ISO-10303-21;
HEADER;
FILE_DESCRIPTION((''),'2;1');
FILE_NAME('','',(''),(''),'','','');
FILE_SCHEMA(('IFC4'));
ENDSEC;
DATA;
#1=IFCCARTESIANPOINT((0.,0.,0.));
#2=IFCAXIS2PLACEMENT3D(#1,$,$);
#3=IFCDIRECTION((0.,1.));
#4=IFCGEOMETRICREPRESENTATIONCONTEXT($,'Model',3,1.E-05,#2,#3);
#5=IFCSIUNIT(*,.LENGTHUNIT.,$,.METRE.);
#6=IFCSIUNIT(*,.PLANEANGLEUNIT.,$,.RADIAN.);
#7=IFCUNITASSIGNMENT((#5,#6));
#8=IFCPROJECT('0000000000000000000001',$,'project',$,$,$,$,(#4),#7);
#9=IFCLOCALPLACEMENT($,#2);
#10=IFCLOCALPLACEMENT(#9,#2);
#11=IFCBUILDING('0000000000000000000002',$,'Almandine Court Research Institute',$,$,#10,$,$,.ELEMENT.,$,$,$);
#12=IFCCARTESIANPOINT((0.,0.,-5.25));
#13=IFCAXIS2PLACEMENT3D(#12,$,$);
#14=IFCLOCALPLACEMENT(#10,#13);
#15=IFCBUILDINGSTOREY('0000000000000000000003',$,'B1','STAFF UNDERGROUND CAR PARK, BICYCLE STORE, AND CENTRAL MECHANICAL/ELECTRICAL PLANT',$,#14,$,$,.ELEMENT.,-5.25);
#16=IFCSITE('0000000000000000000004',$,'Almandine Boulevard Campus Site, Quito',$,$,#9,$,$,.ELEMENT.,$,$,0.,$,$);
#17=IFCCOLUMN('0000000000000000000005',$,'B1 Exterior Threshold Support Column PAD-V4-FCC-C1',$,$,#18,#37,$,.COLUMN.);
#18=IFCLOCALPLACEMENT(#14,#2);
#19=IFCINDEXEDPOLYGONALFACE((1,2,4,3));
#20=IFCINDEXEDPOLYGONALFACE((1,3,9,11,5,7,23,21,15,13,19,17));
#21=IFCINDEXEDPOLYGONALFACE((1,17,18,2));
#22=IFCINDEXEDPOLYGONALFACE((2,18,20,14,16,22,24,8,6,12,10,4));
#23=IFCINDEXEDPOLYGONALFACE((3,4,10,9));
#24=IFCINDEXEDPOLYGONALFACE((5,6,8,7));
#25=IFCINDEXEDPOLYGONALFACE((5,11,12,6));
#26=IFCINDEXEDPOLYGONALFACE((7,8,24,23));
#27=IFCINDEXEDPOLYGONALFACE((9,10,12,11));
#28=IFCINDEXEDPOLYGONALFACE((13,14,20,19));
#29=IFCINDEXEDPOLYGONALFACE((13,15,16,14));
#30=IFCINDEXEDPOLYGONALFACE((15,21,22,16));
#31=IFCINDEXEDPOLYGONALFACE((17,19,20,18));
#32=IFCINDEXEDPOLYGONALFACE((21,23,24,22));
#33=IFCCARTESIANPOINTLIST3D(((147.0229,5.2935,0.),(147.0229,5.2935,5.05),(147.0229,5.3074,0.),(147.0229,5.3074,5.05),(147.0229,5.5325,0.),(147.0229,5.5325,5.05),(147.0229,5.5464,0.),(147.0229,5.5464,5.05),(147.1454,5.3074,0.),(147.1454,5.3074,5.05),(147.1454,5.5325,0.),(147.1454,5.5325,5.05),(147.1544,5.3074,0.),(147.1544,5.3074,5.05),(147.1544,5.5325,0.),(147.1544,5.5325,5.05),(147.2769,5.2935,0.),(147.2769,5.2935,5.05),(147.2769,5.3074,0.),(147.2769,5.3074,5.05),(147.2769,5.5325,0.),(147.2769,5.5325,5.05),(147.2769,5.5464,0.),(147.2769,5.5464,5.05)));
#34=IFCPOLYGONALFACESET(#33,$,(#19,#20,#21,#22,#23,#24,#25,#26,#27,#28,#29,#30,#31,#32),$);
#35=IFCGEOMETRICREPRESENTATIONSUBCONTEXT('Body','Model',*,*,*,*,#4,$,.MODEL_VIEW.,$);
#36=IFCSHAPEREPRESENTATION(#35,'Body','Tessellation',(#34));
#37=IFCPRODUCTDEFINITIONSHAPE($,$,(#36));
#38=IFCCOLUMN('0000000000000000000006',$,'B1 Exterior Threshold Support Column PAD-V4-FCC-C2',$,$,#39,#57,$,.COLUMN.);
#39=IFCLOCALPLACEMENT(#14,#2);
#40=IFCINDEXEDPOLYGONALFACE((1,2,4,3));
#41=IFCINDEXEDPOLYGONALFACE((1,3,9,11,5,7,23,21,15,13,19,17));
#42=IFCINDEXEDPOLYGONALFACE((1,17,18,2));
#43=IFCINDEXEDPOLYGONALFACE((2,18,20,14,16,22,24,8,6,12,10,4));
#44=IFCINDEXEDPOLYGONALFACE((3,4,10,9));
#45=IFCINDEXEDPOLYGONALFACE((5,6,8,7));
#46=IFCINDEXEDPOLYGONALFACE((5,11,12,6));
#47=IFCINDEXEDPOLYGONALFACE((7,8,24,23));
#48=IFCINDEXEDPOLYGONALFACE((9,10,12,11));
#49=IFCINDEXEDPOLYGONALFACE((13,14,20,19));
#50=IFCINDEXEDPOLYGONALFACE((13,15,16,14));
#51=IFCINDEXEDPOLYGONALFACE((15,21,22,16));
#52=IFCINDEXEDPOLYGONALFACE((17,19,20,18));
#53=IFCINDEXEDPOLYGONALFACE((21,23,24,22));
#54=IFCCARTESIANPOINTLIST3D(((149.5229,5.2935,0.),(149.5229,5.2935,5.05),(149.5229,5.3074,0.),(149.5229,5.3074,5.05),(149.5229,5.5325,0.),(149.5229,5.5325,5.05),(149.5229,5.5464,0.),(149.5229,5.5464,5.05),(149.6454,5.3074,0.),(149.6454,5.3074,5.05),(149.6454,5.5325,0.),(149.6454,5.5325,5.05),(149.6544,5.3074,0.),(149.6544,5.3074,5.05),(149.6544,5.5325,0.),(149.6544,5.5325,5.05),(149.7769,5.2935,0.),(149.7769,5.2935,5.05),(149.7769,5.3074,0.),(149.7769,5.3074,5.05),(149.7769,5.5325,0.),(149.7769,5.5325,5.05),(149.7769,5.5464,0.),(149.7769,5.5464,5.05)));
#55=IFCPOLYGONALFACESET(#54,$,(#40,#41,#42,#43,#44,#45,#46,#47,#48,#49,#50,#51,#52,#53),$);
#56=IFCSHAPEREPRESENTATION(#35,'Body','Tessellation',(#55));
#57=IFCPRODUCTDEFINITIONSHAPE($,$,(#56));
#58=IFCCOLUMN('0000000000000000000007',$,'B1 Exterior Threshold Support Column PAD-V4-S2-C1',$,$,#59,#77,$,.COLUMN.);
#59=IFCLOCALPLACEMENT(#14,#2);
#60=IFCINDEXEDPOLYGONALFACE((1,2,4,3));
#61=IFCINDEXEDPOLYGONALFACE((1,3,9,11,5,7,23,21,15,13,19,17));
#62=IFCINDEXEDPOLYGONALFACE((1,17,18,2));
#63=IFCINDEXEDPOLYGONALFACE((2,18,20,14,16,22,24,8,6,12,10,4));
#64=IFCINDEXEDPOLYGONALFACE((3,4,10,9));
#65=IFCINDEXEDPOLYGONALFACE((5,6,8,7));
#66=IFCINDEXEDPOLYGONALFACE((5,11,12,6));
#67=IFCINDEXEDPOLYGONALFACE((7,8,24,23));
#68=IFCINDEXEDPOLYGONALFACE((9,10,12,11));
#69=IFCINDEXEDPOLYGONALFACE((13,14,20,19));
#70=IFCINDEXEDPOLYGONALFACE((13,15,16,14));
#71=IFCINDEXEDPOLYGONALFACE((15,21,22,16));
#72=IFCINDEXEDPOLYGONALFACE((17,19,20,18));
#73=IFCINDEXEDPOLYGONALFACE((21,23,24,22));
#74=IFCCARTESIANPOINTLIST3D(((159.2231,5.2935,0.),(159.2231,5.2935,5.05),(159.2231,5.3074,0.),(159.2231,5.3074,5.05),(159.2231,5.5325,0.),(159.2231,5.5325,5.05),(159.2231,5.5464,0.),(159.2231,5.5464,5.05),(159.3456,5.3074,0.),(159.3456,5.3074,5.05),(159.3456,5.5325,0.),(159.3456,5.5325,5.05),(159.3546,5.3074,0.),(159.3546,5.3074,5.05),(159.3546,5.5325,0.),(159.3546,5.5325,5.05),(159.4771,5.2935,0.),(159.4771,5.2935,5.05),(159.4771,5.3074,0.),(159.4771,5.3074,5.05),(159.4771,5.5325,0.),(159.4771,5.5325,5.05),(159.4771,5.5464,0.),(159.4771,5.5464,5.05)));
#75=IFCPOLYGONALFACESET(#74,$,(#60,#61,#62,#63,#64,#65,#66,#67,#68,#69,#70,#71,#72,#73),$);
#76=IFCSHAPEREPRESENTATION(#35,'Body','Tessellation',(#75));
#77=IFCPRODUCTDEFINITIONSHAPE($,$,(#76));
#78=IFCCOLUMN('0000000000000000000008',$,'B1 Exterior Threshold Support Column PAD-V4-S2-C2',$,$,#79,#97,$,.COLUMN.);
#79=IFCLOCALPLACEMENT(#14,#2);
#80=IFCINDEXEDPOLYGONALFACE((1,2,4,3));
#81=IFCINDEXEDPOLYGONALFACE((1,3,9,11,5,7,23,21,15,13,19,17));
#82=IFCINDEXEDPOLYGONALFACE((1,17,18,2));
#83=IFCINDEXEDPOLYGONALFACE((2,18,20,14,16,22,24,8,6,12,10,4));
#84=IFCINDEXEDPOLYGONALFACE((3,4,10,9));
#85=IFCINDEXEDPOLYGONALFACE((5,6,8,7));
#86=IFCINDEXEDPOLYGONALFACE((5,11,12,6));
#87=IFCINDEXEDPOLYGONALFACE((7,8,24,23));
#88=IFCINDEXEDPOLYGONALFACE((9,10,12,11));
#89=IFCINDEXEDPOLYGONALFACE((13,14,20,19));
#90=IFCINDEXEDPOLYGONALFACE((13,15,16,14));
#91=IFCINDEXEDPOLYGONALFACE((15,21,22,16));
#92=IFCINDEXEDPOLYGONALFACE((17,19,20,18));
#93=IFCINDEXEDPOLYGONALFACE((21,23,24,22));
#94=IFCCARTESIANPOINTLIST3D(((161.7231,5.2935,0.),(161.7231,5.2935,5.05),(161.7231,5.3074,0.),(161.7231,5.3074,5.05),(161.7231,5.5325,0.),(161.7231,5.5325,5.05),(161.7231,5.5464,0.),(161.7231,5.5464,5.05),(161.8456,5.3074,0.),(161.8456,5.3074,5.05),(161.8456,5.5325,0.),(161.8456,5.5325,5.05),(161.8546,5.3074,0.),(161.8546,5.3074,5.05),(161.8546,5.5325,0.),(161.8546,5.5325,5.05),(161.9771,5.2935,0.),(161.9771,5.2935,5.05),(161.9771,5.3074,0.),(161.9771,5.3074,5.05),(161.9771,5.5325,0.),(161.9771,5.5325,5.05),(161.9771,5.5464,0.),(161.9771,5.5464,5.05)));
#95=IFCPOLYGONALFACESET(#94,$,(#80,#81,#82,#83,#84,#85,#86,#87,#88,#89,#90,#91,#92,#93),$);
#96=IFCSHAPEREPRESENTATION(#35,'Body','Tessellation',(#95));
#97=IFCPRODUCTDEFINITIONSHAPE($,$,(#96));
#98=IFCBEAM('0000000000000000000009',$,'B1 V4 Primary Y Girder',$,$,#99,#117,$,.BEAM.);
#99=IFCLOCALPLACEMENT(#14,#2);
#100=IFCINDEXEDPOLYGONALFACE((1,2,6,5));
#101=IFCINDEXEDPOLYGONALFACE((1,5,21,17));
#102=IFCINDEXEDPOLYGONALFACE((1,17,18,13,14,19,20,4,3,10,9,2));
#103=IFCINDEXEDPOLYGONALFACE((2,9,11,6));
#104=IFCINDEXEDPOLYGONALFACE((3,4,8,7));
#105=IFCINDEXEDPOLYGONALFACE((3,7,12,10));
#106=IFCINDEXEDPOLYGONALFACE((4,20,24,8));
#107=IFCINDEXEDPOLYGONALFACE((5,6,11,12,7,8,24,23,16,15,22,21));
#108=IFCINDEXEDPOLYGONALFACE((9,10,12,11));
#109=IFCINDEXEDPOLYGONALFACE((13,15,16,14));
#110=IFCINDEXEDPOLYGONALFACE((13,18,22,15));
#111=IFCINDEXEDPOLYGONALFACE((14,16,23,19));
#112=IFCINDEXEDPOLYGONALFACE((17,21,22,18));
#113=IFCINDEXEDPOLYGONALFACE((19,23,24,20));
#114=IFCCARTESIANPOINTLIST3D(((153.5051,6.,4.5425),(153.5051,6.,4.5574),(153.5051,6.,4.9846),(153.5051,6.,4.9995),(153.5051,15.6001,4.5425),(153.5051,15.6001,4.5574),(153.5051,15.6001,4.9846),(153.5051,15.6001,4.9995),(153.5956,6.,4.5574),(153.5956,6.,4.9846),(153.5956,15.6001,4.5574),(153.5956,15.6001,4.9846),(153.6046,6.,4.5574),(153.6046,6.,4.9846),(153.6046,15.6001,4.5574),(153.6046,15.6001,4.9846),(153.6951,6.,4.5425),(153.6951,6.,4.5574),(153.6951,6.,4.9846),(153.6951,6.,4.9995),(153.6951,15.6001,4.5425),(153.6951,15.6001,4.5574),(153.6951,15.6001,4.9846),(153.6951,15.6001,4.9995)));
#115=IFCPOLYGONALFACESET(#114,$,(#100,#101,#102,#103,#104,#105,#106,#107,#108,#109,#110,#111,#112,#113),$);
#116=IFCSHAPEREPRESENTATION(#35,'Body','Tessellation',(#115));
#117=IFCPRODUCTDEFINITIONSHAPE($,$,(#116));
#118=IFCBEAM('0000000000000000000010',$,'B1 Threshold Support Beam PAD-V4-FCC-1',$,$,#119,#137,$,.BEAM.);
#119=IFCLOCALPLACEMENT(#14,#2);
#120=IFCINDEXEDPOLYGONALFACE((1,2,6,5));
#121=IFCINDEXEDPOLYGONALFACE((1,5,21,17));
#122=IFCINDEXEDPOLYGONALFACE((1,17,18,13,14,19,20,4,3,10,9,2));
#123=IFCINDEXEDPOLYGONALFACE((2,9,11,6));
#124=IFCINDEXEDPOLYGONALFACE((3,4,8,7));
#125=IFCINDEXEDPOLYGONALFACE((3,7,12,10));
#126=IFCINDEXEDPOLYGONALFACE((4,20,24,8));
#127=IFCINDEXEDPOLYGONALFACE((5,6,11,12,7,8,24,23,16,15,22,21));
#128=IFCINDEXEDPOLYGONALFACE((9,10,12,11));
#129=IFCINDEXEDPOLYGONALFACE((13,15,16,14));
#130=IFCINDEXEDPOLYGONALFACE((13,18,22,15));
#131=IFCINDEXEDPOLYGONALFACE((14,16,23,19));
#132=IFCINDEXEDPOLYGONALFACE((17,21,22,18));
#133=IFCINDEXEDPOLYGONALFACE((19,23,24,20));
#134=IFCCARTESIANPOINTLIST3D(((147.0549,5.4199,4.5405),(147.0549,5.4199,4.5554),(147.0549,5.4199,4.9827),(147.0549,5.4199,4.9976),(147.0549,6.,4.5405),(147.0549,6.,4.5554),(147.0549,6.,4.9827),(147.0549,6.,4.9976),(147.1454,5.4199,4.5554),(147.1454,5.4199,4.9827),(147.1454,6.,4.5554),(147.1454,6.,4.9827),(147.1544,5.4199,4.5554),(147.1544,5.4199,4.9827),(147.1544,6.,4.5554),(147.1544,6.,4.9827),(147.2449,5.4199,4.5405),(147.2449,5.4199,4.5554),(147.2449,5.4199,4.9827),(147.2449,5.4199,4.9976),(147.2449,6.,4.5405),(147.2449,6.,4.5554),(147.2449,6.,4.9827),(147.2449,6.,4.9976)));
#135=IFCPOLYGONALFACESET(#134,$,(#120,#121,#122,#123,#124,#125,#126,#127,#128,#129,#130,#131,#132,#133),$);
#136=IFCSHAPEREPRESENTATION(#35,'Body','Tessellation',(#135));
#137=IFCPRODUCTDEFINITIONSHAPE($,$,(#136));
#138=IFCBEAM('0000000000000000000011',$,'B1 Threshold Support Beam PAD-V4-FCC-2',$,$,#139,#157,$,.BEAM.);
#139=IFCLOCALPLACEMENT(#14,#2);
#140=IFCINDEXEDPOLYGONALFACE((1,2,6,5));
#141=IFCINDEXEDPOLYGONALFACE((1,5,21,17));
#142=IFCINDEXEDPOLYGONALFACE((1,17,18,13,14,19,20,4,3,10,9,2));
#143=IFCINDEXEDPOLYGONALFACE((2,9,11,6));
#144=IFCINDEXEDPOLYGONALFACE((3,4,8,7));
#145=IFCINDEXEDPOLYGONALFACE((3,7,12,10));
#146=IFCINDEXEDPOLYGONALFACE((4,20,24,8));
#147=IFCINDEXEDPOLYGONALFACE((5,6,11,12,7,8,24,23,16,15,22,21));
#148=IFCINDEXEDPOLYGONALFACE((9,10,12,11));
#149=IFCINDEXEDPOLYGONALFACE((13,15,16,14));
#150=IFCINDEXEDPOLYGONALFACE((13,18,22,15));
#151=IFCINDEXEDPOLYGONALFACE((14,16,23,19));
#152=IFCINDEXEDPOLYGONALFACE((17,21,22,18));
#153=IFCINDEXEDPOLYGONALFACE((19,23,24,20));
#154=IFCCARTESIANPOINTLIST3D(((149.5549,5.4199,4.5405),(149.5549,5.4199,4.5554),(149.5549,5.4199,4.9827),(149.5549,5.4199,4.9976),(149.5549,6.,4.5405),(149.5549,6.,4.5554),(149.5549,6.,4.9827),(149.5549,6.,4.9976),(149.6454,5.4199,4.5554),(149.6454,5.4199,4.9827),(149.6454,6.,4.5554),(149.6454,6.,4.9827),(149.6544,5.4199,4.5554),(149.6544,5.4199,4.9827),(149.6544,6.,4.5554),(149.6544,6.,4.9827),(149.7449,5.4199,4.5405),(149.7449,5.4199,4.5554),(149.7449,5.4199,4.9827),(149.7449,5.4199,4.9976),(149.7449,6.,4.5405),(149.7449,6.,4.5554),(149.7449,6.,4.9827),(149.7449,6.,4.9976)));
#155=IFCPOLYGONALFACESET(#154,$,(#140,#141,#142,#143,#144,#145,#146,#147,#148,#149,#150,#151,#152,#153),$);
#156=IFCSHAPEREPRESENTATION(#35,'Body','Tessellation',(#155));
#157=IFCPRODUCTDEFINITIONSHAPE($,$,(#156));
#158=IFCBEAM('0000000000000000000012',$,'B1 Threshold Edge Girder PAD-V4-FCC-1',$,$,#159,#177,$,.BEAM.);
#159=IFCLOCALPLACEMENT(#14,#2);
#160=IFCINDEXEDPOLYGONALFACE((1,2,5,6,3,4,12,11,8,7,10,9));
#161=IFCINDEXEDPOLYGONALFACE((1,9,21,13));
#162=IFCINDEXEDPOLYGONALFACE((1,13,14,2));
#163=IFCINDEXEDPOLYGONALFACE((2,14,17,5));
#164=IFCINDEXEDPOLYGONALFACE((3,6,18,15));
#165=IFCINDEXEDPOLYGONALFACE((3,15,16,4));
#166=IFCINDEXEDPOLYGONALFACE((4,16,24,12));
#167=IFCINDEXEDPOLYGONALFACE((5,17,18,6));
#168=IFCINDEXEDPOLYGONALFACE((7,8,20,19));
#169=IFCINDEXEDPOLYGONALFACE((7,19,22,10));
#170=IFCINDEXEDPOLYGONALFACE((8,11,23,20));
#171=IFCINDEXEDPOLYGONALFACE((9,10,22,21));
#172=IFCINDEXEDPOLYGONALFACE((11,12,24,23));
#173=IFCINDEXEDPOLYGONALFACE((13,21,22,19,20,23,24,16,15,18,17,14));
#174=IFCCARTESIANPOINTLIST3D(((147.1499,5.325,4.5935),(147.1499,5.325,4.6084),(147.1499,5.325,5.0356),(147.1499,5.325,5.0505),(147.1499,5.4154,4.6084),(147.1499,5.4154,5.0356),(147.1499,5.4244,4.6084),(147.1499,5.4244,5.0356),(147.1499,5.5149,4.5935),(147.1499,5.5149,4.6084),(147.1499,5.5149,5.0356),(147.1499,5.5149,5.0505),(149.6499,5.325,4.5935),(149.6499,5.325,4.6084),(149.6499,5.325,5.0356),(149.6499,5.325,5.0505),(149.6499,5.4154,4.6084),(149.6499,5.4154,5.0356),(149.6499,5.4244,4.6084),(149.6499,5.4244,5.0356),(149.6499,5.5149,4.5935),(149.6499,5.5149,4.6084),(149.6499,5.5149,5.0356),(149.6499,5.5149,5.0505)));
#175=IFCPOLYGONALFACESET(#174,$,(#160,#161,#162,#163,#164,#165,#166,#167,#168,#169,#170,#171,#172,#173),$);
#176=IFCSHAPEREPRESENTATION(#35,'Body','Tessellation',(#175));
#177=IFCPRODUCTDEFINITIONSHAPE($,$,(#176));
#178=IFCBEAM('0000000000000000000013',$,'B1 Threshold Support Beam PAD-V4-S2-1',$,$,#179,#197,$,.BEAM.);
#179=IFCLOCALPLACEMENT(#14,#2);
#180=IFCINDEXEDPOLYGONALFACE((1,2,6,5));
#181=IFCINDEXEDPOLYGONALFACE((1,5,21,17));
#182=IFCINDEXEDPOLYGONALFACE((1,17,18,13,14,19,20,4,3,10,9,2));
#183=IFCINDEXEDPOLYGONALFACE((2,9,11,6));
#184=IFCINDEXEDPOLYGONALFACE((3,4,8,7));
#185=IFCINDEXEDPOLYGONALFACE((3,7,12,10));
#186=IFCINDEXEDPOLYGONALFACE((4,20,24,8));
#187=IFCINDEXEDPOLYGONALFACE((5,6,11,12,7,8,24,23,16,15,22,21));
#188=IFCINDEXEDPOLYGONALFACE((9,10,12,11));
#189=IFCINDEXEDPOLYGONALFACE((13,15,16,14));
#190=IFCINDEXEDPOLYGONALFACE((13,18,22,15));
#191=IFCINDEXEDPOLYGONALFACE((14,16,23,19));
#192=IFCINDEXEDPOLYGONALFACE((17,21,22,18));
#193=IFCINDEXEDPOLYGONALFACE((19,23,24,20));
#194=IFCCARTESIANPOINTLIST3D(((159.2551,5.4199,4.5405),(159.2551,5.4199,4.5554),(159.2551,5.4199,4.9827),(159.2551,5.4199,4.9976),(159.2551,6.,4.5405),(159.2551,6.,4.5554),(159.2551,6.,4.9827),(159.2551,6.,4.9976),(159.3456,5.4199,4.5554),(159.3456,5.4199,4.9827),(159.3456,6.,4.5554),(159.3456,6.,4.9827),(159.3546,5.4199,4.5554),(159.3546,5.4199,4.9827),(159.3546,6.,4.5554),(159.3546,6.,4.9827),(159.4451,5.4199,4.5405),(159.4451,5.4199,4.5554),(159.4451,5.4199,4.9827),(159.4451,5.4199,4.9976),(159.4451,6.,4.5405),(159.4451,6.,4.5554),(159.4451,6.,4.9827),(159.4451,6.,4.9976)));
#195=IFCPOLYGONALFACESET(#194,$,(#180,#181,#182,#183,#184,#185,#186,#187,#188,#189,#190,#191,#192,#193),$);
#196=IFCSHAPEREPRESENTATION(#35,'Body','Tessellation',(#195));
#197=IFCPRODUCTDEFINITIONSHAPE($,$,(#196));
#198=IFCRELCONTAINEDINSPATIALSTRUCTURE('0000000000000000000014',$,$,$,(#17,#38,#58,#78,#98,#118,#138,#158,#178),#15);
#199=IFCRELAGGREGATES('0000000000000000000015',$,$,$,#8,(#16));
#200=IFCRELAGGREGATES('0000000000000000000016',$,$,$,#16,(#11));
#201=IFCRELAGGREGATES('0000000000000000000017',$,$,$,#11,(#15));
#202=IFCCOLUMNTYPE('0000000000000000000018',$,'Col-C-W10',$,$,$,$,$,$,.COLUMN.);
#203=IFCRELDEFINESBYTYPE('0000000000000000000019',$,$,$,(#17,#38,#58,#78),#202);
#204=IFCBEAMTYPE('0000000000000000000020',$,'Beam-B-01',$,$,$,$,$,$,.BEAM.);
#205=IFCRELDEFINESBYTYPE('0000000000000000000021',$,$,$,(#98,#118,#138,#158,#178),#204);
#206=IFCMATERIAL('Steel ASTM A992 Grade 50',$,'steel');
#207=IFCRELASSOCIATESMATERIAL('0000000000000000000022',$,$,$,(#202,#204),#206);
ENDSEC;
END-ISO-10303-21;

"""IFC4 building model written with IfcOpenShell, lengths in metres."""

from ifc_helpers import new_model, si_unit, direction, frame, origin, origin_2d, place, context, subcontext, project, spatial, i_section, extrude, material, material_profile, profile_set, type_object, element, save


model = new_model("IFC4")

# Units and contexts
model_context = context("Model", 3, precision=1e-05, world=origin(), true_north=direction((0.0, 1.0)))
body_context = subcontext(model_context, "Body", "Model", "MODEL_VIEW")
ifc_project = project(units=[si_unit("LENGTHUNIT", "METRE"), si_unit("PLANEANGLEUNIT", "RADIAN")], contexts=[model_context])

# Site, building, storey
site_placement = place(None, origin())
site = spatial("IfcSite", under=ifc_project, at=site_placement, Name="Almandine Boulevard Campus Site, Quito", CompositionType="ELEMENT", RefElevation=0.0)
building_placement = place(site_placement, origin())
building = spatial("IfcBuilding", under=site, at=building_placement, Name="Almandine Court Research Institute", CompositionType="ELEMENT")
storey_placement = place(building_placement, frame((0.0, 0.0, -5.25)))
storey = spatial("IfcBuildingStorey", under=building, at=storey_placement, Name="B1", Description="STAFF UNDERGROUND CAR PARK, BICYCLE STORE, AND CENTRAL MECHANICAL/ELECTRICAL PLANT", CompositionType="ELEMENT", Elevation=-5.25)

# Columns
ifc_material_1 = material(Name="Steel ASTM A992 Grade 50", Category="steel")
ifc_material_profile_1 = material_profile(ifc_material_1, i_section(OverallWidth=0.2539, OverallDepth=0.2529, WebThickness=0.009, FlangeThickness=0.0139, at=origin_2d()), Name="W250x73")
ifc_profile_set_1 = profile_set([ifc_material_profile_1], Name="Steel ASTM A992 Grade 50")
column_type_1 = type_object("IfcColumnType", Name="Col-C-W10", PredefinedType="COLUMN", material=ifc_profile_set_1)
for number, where, z_axis, x_axis, name in (
    (1, (147.1499, 5.4199, 0.0), (0.0, 0.0, 1.0), (1.0, 0.0, 0.0), "B1 Exterior Threshold Support Column PAD-V4-FCC-C1"),
    (2, (149.6499, 5.4199, 0.0), (0.0, 0.0, 1.0), (1.0, 0.0, 0.0), "B1 Exterior Threshold Support Column PAD-V4-FCC-C2"),
    (3, (159.3501, 5.4199, 0.0), (0.0, 0.0, 1.0), (1.0, 0.0, 0.0), "B1 Exterior Threshold Support Column PAD-V4-S2-C1"),
    (4, (161.8501, 5.4199, 0.0), (0.0, 0.0, 1.0), (1.0, 0.0, 0.0), "B1 Exterior Threshold Support Column PAD-V4-S2-C2"),
):
    element("IfcColumn", number, at=place(storey_placement, frame(where, z_axis=z_axis, x_axis=x_axis)), inside=storey, type_object=column_type_1, Name=name, PredefinedType="COLUMN", context=body_context, shape_type="SweptSolid", body=[
        extrude(i_section(OverallWidth=0.2539, OverallDepth=0.2529, WebThickness=0.009, FlangeThickness=0.0139, at=origin_2d()), origin(), (0.0, 0.0, 1.0), 5.05),
    ])

# Beams
ifc_material_profile_2 = material_profile(ifc_material_1, i_section(OverallWidth=0.1899, OverallDepth=0.457, WebThickness=0.009, FlangeThickness=0.0149, at=origin_2d()), Name="W460x74")
ifc_profile_set_2 = profile_set([ifc_material_profile_2], Name="Steel ASTM A992 Grade 50")
beam_type_1 = type_object("IfcBeamType", Name="Beam-B-01", PredefinedType="BEAM", material=ifc_profile_set_2)
beam_1_placement = place(storey_placement, frame((153.6001, 6.0, 4.771), z_axis=(0.0, 1.0, 0.0), x_axis=(-1.0, 0.0, 0.0)))
element("IfcBeam", 5, at=beam_1_placement, inside=storey, type_object=beam_type_1, Name="B1 V4 Primary Y Girder", PredefinedType="BEAM", context=body_context, shape_type="SweptSolid", body=[
    extrude(i_section(OverallWidth=0.1899, OverallDepth=0.457, WebThickness=0.009, FlangeThickness=0.0149, at=origin_2d()), origin(), (0.0, 0.0, 1.0), 9.6001),
])
for number, where, z_axis, x_axis, name in (
    (6, (147.1499, 5.4199, 4.769), (0.0, 1.0, 0.0), (-1.0, 0.0, 0.0), "B1 Threshold Support Beam PAD-V4-FCC-1"),
    (7, (149.6499, 5.4199, 4.769), (0.0, 1.0, 0.0), (-1.0, 0.0, 0.0), "B1 Threshold Support Beam PAD-V4-FCC-2"),
):
    element("IfcBeam", number, at=place(storey_placement, frame(where, z_axis=z_axis, x_axis=x_axis)), inside=storey, type_object=beam_type_1, Name=name, PredefinedType="BEAM", context=body_context, shape_type="SweptSolid", body=[
        extrude(i_section(OverallWidth=0.1899, OverallDepth=0.457, WebThickness=0.009, FlangeThickness=0.0149, at=origin_2d()), origin(), (0.0, 0.0, 1.0), 0.5801),
    ])
beam_2_placement = place(storey_placement, frame((147.1499, 5.4199, 4.822), z_axis=(1.0, 0.0, 0.0), x_axis=(0.0, 1.0, 0.0)))
element("IfcBeam", 8, at=beam_2_placement, inside=storey, type_object=beam_type_1, Name="B1 Threshold Edge Girder PAD-V4-FCC-1", PredefinedType="BEAM", context=body_context, shape_type="SweptSolid", body=[
    extrude(i_section(OverallWidth=0.1899, OverallDepth=0.457, WebThickness=0.009, FlangeThickness=0.0149, at=origin_2d()), origin(), (0.0, 0.0, 1.0), 2.5),
])
for number, where, z_axis, x_axis, name in (
    (9, (159.3501, 5.4199, 4.769), (0.0, 1.0, 0.0), (-1.0, 0.0, 0.0), "B1 Threshold Support Beam PAD-V4-S2-1"),
):
    element("IfcBeam", number, at=place(storey_placement, frame(where, z_axis=z_axis, x_axis=x_axis)), inside=storey, type_object=beam_type_1, Name=name, PredefinedType="BEAM", context=body_context, shape_type="SweptSolid", body=[
        extrude(i_section(OverallWidth=0.1899, OverallDepth=0.457, WebThickness=0.009, FlangeThickness=0.0149, at=origin_2d()), origin(), (0.0, 0.0, 1.0), 0.5801),
    ])

save(model, "model.ifc")
